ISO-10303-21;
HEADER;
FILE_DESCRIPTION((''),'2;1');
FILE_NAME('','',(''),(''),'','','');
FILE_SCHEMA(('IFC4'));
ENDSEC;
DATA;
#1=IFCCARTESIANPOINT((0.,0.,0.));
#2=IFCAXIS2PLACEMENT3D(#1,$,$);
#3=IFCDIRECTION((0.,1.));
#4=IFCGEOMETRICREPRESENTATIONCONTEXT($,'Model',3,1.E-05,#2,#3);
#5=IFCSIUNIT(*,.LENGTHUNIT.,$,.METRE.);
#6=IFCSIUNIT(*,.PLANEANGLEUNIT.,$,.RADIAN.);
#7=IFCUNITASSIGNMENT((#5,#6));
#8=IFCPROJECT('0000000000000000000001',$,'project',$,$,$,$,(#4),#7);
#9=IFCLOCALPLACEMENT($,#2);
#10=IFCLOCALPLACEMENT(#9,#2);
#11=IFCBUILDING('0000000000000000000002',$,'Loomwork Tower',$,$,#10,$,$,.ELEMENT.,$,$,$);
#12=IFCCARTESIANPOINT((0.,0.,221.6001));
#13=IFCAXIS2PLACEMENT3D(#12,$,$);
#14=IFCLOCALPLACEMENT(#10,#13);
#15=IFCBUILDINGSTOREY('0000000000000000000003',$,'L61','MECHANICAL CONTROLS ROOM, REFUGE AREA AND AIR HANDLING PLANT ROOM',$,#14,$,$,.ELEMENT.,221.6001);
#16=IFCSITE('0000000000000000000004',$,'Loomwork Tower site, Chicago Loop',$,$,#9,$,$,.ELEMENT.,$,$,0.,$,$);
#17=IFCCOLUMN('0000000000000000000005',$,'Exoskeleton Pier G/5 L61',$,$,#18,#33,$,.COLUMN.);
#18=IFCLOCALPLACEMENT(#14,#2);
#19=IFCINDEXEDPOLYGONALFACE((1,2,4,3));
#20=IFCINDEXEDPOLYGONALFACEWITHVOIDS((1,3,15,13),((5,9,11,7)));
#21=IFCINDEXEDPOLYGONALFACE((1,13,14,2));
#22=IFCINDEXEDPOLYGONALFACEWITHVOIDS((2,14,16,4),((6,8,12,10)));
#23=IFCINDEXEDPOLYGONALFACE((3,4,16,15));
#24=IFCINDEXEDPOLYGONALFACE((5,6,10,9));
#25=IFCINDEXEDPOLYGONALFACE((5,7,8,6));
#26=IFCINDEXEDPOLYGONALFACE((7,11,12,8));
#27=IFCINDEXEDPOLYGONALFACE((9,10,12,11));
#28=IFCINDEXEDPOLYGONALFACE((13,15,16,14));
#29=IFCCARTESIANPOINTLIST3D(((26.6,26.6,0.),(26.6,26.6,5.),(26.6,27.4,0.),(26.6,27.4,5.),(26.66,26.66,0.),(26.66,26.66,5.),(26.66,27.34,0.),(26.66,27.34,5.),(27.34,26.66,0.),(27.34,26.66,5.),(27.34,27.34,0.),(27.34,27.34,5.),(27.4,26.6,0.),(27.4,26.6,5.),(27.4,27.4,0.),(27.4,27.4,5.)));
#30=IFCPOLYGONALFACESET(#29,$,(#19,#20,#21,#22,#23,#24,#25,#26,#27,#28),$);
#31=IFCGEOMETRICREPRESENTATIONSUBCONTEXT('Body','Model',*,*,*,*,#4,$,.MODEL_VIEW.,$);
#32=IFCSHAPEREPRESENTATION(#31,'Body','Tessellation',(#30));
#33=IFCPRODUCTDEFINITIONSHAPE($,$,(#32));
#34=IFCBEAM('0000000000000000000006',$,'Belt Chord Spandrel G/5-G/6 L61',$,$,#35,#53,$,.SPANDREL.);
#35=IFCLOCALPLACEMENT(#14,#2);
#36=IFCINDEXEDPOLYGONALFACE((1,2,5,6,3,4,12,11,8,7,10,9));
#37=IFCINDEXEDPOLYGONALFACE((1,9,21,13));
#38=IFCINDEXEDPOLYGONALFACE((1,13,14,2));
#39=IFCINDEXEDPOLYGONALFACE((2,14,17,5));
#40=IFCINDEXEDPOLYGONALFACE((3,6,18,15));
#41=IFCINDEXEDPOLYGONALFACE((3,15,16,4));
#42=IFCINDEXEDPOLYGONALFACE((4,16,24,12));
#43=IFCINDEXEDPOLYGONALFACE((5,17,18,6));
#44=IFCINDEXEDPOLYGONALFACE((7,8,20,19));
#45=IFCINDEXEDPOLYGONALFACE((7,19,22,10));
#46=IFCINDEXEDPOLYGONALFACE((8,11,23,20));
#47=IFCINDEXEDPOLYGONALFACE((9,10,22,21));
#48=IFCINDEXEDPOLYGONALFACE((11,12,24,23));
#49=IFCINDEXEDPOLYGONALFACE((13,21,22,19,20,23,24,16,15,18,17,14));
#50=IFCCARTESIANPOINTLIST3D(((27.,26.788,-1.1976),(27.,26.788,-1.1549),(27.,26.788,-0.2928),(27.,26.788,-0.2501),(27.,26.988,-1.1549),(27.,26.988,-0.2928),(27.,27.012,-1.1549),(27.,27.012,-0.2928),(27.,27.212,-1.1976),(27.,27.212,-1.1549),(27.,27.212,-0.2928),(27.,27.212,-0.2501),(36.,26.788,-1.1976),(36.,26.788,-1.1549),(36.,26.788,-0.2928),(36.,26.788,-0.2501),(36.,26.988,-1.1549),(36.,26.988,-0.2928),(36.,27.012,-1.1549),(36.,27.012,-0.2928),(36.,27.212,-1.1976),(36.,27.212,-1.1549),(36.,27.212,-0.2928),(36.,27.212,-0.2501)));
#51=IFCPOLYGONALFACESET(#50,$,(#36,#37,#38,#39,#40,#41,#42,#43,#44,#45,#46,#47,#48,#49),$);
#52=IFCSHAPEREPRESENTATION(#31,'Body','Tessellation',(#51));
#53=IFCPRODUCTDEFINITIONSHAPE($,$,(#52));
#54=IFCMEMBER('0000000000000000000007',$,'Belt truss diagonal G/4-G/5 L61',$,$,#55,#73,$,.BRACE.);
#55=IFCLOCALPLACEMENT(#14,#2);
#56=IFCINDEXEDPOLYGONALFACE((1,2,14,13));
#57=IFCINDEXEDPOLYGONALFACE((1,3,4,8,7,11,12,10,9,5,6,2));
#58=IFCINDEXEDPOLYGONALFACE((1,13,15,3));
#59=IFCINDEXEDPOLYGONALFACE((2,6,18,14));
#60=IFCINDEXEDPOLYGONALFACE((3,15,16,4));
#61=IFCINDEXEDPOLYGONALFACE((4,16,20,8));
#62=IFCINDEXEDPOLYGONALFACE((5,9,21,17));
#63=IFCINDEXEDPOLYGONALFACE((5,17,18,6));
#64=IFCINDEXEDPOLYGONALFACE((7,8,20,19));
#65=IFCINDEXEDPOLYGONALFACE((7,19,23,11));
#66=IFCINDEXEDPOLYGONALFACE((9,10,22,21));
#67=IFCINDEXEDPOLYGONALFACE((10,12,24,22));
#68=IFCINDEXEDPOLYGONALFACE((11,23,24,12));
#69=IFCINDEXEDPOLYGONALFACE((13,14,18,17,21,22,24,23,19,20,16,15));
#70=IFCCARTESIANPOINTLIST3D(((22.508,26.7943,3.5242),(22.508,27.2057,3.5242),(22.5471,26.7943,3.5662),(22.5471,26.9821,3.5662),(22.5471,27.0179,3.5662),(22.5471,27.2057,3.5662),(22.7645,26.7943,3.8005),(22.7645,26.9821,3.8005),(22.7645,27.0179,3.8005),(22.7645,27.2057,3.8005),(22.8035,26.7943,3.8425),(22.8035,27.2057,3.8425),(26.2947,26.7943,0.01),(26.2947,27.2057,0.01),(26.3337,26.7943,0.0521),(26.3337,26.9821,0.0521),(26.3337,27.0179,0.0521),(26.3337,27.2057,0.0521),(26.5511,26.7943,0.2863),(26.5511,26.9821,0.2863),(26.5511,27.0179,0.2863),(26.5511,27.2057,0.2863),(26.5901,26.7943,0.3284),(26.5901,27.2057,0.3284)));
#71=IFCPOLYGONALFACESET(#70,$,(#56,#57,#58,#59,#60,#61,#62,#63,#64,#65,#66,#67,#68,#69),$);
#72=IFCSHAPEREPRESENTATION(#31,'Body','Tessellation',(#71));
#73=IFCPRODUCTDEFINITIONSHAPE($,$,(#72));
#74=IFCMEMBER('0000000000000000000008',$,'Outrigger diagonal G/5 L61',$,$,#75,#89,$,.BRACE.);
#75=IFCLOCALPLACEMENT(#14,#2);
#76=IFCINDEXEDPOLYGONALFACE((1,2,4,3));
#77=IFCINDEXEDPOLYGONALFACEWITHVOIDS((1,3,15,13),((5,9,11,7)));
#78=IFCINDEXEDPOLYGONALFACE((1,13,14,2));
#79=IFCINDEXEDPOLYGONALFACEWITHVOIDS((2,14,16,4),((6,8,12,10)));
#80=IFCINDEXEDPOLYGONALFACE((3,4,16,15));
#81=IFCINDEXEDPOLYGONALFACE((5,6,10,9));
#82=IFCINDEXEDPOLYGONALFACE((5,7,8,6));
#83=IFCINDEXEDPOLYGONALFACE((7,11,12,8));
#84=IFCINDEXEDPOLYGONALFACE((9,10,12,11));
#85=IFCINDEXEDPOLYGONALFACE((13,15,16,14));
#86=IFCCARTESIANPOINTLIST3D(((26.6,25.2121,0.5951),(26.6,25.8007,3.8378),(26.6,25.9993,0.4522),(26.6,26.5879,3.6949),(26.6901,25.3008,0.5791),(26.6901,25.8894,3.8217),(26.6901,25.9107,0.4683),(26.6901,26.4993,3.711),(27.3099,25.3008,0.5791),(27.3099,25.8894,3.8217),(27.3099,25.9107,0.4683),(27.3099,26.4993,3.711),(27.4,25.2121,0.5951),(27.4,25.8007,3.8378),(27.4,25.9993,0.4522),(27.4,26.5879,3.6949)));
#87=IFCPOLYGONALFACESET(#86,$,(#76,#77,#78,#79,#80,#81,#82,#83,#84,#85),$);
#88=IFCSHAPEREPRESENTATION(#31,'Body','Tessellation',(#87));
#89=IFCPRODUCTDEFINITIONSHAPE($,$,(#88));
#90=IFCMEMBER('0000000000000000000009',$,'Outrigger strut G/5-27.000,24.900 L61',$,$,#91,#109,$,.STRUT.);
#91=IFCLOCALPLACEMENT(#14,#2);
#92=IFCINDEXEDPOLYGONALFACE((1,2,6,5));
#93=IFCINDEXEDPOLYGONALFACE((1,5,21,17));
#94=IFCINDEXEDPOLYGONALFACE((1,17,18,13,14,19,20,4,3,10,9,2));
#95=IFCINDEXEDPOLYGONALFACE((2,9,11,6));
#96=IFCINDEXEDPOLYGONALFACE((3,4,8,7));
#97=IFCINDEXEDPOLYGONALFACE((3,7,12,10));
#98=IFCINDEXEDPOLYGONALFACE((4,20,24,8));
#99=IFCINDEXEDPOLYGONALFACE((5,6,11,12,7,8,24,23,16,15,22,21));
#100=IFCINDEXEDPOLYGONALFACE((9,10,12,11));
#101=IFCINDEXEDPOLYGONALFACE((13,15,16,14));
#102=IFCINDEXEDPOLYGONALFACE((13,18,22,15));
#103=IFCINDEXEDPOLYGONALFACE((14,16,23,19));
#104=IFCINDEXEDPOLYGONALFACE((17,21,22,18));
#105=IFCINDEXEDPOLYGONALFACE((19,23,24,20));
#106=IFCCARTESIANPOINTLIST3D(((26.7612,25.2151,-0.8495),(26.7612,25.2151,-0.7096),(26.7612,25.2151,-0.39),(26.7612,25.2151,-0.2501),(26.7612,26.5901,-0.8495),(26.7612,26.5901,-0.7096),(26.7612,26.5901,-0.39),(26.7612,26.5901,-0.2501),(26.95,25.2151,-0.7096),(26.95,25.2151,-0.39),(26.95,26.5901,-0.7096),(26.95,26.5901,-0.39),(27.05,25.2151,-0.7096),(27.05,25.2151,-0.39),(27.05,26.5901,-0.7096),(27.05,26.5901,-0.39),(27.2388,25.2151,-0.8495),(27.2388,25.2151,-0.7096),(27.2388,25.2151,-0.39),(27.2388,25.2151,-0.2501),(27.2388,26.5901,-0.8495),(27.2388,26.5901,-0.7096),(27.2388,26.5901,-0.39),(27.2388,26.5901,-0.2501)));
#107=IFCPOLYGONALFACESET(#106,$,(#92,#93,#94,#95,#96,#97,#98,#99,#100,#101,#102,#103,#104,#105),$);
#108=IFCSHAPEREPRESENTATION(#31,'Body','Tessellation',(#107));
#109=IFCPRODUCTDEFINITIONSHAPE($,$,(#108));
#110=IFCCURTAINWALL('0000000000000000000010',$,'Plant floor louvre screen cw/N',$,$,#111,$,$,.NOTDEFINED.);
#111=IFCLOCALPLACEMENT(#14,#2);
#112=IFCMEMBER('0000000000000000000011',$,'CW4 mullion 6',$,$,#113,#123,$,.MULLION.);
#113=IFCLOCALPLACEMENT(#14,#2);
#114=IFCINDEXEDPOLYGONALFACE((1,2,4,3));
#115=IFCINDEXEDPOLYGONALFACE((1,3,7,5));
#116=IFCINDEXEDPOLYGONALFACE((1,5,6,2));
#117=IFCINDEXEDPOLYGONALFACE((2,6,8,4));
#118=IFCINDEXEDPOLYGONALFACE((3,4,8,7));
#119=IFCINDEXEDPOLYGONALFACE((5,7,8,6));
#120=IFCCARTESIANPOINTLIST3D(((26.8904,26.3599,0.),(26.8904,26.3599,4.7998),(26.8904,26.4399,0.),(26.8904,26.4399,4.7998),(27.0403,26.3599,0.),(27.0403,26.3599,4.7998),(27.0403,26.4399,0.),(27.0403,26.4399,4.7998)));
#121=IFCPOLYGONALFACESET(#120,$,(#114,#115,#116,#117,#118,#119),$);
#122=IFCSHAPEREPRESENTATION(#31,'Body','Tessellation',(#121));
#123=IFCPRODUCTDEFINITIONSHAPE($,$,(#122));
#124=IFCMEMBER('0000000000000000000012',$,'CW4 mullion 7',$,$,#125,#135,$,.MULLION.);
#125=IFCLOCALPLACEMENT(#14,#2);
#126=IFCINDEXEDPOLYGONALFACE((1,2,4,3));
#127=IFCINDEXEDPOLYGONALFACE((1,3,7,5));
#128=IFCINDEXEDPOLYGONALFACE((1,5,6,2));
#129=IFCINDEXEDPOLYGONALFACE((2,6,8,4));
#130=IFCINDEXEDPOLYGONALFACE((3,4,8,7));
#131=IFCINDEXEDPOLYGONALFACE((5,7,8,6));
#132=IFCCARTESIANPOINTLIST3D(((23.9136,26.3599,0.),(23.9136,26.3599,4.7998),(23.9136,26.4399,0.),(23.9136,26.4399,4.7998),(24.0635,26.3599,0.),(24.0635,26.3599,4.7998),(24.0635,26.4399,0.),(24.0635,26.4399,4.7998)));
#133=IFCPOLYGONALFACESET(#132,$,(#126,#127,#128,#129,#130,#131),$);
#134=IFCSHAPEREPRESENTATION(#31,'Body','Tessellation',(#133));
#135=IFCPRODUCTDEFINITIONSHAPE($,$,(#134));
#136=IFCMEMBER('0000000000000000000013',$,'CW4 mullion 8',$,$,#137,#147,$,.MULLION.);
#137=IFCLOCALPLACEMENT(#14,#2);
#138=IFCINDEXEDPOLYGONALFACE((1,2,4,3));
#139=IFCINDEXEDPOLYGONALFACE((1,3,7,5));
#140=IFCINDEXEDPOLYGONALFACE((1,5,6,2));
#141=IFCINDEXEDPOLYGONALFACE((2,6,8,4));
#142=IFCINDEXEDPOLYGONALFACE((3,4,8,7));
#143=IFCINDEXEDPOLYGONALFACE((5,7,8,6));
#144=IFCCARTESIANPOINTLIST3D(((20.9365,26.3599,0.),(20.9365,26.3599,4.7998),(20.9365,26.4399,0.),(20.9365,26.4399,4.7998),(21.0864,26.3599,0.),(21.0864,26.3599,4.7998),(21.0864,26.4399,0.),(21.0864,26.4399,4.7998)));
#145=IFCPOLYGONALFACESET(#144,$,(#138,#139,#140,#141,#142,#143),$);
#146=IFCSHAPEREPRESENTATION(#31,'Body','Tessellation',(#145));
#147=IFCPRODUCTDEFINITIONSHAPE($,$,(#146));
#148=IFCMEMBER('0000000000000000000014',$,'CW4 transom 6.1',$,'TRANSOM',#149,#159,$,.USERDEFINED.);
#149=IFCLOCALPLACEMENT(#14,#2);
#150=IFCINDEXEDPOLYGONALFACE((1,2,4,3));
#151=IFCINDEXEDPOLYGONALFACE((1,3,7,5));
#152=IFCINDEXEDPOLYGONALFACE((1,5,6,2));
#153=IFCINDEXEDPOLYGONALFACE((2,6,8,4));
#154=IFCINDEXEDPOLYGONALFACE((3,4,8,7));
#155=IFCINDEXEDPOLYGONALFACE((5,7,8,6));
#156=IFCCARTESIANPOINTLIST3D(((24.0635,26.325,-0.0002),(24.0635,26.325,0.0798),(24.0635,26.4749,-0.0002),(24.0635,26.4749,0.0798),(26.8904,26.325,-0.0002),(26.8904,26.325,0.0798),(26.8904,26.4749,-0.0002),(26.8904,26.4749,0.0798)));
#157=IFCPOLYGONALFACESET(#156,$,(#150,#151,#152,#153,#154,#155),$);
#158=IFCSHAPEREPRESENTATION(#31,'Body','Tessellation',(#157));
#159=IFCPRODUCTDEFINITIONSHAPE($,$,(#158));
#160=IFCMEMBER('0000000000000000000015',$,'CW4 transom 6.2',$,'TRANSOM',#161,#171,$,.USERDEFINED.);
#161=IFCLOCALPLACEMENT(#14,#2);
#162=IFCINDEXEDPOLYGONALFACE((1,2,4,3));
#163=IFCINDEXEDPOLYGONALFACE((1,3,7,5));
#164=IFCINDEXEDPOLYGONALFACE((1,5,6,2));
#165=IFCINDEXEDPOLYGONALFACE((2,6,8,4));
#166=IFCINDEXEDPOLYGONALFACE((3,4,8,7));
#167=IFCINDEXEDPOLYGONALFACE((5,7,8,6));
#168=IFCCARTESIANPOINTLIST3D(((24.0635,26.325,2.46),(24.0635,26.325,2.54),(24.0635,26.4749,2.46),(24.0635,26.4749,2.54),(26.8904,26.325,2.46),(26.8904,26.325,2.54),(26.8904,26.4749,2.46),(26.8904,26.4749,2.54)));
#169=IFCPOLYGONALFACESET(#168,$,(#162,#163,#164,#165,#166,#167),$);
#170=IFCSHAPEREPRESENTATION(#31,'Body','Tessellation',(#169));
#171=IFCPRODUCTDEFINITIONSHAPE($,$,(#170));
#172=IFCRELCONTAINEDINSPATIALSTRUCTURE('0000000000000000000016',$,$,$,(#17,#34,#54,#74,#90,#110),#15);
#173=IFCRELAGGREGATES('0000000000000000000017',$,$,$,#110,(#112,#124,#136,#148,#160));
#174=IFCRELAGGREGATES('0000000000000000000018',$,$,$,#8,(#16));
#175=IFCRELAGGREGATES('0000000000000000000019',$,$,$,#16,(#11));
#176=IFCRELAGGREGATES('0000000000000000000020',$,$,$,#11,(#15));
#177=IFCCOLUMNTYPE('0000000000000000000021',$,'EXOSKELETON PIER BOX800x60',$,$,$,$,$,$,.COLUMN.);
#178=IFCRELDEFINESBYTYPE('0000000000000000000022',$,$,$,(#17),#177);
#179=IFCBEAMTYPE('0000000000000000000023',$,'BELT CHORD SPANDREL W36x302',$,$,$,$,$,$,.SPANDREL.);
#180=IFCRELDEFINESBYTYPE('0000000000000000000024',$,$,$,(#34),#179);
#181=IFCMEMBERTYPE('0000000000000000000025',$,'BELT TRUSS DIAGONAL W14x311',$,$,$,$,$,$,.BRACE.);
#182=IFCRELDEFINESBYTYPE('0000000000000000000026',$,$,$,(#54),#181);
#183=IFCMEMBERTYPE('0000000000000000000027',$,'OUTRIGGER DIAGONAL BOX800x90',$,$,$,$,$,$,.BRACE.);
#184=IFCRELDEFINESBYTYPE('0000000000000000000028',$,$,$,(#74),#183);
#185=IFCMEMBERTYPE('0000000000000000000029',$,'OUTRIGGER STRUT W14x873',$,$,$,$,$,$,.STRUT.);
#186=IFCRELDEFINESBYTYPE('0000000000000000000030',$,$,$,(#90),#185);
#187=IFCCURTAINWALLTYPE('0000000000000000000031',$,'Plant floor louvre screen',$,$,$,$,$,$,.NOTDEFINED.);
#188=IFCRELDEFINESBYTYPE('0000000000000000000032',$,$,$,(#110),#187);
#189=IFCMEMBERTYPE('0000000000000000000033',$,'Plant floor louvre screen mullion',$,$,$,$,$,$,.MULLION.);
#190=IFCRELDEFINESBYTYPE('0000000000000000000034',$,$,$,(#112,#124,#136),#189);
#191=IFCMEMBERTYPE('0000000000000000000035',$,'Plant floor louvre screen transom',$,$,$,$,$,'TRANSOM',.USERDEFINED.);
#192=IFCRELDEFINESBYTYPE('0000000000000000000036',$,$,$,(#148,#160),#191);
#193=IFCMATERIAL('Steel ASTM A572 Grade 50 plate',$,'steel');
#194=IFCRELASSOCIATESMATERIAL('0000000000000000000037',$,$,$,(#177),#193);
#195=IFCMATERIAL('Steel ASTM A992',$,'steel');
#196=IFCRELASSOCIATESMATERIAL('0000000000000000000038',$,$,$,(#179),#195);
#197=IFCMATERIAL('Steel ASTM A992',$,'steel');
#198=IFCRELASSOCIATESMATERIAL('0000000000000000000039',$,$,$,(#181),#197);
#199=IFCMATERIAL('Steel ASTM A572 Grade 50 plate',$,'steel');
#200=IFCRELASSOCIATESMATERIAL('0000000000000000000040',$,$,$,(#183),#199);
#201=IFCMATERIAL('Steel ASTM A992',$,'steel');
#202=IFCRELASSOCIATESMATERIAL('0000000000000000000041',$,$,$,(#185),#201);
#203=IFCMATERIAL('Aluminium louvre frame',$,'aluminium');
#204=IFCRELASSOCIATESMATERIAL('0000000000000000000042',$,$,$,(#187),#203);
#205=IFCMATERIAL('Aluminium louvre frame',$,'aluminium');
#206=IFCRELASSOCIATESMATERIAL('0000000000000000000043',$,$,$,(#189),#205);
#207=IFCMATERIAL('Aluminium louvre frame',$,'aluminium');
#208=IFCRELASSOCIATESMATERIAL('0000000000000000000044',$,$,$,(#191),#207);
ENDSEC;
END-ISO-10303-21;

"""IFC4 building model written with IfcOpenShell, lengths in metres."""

from ifc_helpers import new_model, si_unit, direction, frame, origin, origin_2d, place, context, subcontext, project, spatial, rectangle, hollow_rectangle, i_section, extrude, material, material_profile, profile_set, type_object, element, aggregate, save


model = new_model("IFC4")

# Units and contexts
model_context = context("Model", 3, precision=1e-05, world=origin(), true_north=direction((0.0, 1.0)))
body_context = subcontext(model_context, "Body", "Model", "MODEL_VIEW")
ifc_project = project(units=[si_unit("LENGTHUNIT", "METRE"), si_unit("PLANEANGLEUNIT", "RADIAN")], contexts=[model_context])

# Site, building, storey
site_placement = place(None, origin())
site = spatial("IfcSite", under=ifc_project, at=site_placement, Name="Loomwork Tower site, Chicago Loop", CompositionType="ELEMENT", RefElevation=0.0)
building_placement = place(site_placement, origin())
building = spatial("IfcBuilding", under=site, at=building_placement, Name="Loomwork Tower", CompositionType="ELEMENT")
storey_placement = place(building_placement, frame((0.0, 0.0, 221.6001)))
storey = spatial("IfcBuildingStorey", under=building, at=storey_placement, Name="L61", Description="MECHANICAL CONTROLS ROOM, REFUGE AREA AND AIR HANDLING PLANT ROOM", CompositionType="ELEMENT", Elevation=221.6001)

# Column
ifc_material_1 = material(Name="Steel ASTM A572 Grade 50 plate", Category="steel")
ifc_material_profile_1 = material_profile(ifc_material_1, hollow_rectangle(XDim=0.8, YDim=0.8, WallThickness=0.0601, at=origin_2d()), Name="BOX800x60")
ifc_profile_set_1 = profile_set([ifc_material_profile_1], Name="Steel ASTM A572 Grade 50 plate")
column_type = type_object("IfcColumnType", Name="EXOSKELETON PIER BOX800x60", PredefinedType="COLUMN", material=ifc_profile_set_1)
column_placement = place(storey_placement, frame((27.0, 27.0, 0.0), z_axis=(0.0, 0.0, 1.0), x_axis=(1.0, 0.0, 0.0)))
element("IfcColumn", 1, at=column_placement, inside=storey, type_object=column_type, Name="Exoskeleton Pier G/5 L61", PredefinedType="COLUMN", context=body_context, shape_type="SweptSolid", body=[
    extrude(hollow_rectangle(XDim=0.8, YDim=0.8, WallThickness=0.0601, at=origin_2d()), origin(), (0.0, 0.0, 1.0), 5.0),
])

# Beam
ifc_material_2 = material(Name="Steel ASTM A992", Category="steel")
ifc_material_profile_2 = material_profile(ifc_material_2, i_section(OverallWidth=0.4241, OverallDepth=0.9475, WebThickness=0.0239, FlangeThickness=0.0427, at=origin_2d()), Name="W36x302")
ifc_profile_set_2 = profile_set([ifc_material_profile_2], Name="Steel ASTM A992")
beam_type = type_object("IfcBeamType", Name="BELT CHORD SPANDREL W36x302", PredefinedType="SPANDREL", material=ifc_profile_set_2)
beam_placement = place(storey_placement, frame((27.0, 27.0, -0.7239), z_axis=(1.0, 0.0, 0.0), x_axis=(0.0, 1.0, 0.0)))
element("IfcBeam", 2, at=beam_placement, inside=storey, type_object=beam_type, Name="Belt Chord Spandrel G/5-G/6 L61", PredefinedType="SPANDREL", context=body_context, shape_type="SweptSolid", body=[
    extrude(i_section(OverallWidth=0.4241, OverallDepth=0.9475, WebThickness=0.0239, FlangeThickness=0.0427, at=origin_2d()), origin(), (0.0, 0.0, 1.0), 9.0),
])

# Members
ifc_material_3 = material(Name="Steel ASTM A992", Category="steel")
ifc_material_profile_3 = material_profile(ifc_material_3, i_section(OverallWidth=0.4114, OverallDepth=0.4343, WebThickness=0.0359, FlangeThickness=0.0574, at=origin_2d()), Name="W14x311")
ifc_profile_set_3 = profile_set([ifc_material_profile_3], Name="Steel ASTM A992")
member_type_1 = type_object("IfcMemberType", Name="BELT TRUSS DIAGONAL W14x311", PredefinedType="BRACE", material=ifc_profile_set_3)
member_1_placement = place(storey_placement, frame((26.4424, 27.0, 0.1692), z_axis=(-0.732985, 0.0, 0.680244), x_axis=(0.0, -1.0, 0.0)))
element("IfcMember", 3, at=member_1_placement, inside=storey, type_object=member_type_1, Name="Belt truss diagonal G/4-G/5 L61", PredefinedType="BRACE", context=body_context, shape_type="SweptSolid", body=[
    extrude(i_section(OverallWidth=0.4114, OverallDepth=0.4343, WebThickness=0.0359, FlangeThickness=0.0574, at=origin_2d()), origin(), (0.0, 0.0, 1.0), 5.166),
])
ifc_material_4 = material(Name="Steel ASTM A572 Grade 50 plate", Category="steel")
ifc_material_profile_4 = material_profile(ifc_material_4, hollow_rectangle(XDim=0.8, YDim=0.8, WallThickness=0.0901, at=origin_2d()), Name="BOX800x90")
ifc_profile_set_4 = profile_set([ifc_material_profile_4], Name="Steel ASTM A572 Grade 50 plate")
member_type_2 = type_object("IfcMemberType", Name="OUTRIGGER DIAGONAL BOX800x90", PredefinedType="BRACE", material=ifc_profile_set_4)
member_2_placement = place(storey_placement, frame((27.0, 26.1943, 3.7664), z_axis=(0.0, -0.178605, -0.983921), x_axis=(1.0, 0.0, 0.0)))
element("IfcMember", 4, at=member_2_placement, inside=storey, type_object=member_type_2, Name="Outrigger diagonal G/5 L61", PredefinedType="BRACE", context=body_context, shape_type="SweptSolid", body=[
    extrude(hollow_rectangle(XDim=0.8, YDim=0.8, WallThickness=0.0901, at=origin_2d()), origin(), (0.0, 0.0, 1.0), 3.2957),
])
ifc_material_5 = material(Name="Steel ASTM A992", Category="steel")
ifc_material_profile_5 = material_profile(ifc_material_5, i_section(OverallWidth=0.4775, OverallDepth=0.5994, WebThickness=0.1001, FlangeThickness=0.1399, at=origin_2d()), Name="W14x873")
ifc_profile_set_5 = profile_set([ifc_material_profile_5], Name="Steel ASTM A992")
member_type_3 = type_object("IfcMemberType", Name="OUTRIGGER STRUT W14x873", PredefinedType="STRUT", material=ifc_profile_set_5)
member_3_placement = place(storey_placement, frame((27.0, 26.5901, -0.5498), z_axis=(0.0, -1.0, 0.0), x_axis=(1.0, 0.0, 0.0)))
element("IfcMember", 5, at=member_3_placement, inside=storey, type_object=member_type_3, Name="Outrigger strut G/5-27.000,24.900 L61", PredefinedType="STRUT", context=body_context, shape_type="SweptSolid", body=[
    extrude(i_section(OverallWidth=0.4775, OverallDepth=0.5994, WebThickness=0.1001, FlangeThickness=0.1399, at=origin_2d()), origin(), (0.0, 0.0, 1.0), 1.375),
])

# Curtain wall, members
ifc_material_6 = material(Name="Aluminium louvre frame", Category="aluminium")
curtain_wall_type = type_object("IfcCurtainWallType", Name="Plant floor louvre screen", PredefinedType="NOTDEFINED", material=ifc_material_6)
curtain_wall_placement = place(storey_placement, origin())
curtain_wall = element("IfcCurtainWall", 6, at=curtain_wall_placement, inside=storey, type_object=curtain_wall_type, Name="Plant floor louvre screen cw/N", PredefinedType="NOTDEFINED")
ifc_material_7 = material(Name="Aluminium louvre frame", Category="aluminium")
ifc_material_profile_6 = material_profile(ifc_material_7, rectangle(XDim=0.0801, YDim=0.1499, at=origin_2d()), Name="AL 80x150")
ifc_profile_set_6 = profile_set([ifc_material_profile_6], Name="Aluminium louvre frame")
member_type_4 = type_object("IfcMemberType", Name="Plant floor louvre screen mullion", PredefinedType="MULLION", material=ifc_profile_set_6)
member_4_placement = place(storey_placement, frame((26.9653, 26.3999, 0.0), z_axis=(0.0, 0.0, 1.0), x_axis=(0.0, -1.0, 0.0)))
member_4 = element("IfcMember", 7, at=member_4_placement, type_object=member_type_4, Name="CW4 mullion 6", PredefinedType="MULLION", context=body_context, shape_type="SweptSolid", body=[
    extrude(rectangle(XDim=0.0801, YDim=0.1499, at=origin_2d()), origin(), (0.0, 0.0, 1.0), 4.7998),
])
member_5_placement = place(storey_placement, frame((23.9885, 26.3999, 0.0), z_axis=(0.0, 0.0, 1.0), x_axis=(0.0, -1.0, 0.0)))
member_5 = element("IfcMember", 8, at=member_5_placement, type_object=member_type_4, Name="CW4 mullion 7", PredefinedType="MULLION", context=body_context, shape_type="SweptSolid", body=[
    extrude(rectangle(XDim=0.0801, YDim=0.1499, at=origin_2d()), origin(), (0.0, 0.0, 1.0), 4.7998),
])
member_6_placement = place(storey_placement, frame((21.0115, 26.3999, 0.0), z_axis=(0.0, 0.0, 1.0), x_axis=(0.0, -1.0, 0.0)))
member_6 = element("IfcMember", 9, at=member_6_placement, type_object=member_type_4, Name="CW4 mullion 8", PredefinedType="MULLION", context=body_context, shape_type="SweptSolid", body=[
    extrude(rectangle(XDim=0.0801, YDim=0.1499, at=origin_2d()), origin(), (0.0, 0.0, 1.0), 4.7998),
])
ifc_material_8 = material(Name="Aluminium louvre frame", Category="aluminium")
ifc_material_profile_7 = material_profile(ifc_material_8, rectangle(XDim=0.1499, YDim=0.0801, at=origin_2d()), Name="AL 80x150")
ifc_profile_set_7 = profile_set([ifc_material_profile_7], Name="Aluminium louvre frame")
member_type_5 = type_object("IfcMemberType", Name="Plant floor louvre screen transom", ElementType="TRANSOM", PredefinedType="USERDEFINED", material=ifc_profile_set_7)
member_7_placement = place(storey_placement, frame((26.8904, 26.3999, 0.0398), z_axis=(-1.0, 0.0, 0.0), x_axis=(0.0, -1.0, 0.0)))
member_7 = element("IfcMember", 10, at=member_7_placement, type_object=member_type_5, Name="CW4 transom 6.1", ObjectType="TRANSOM", PredefinedType="USERDEFINED", context=body_context, shape_type="SweptSolid", body=[
    extrude(rectangle(XDim=0.1499, YDim=0.0801, at=origin_2d()), origin(), (0.0, 0.0, 1.0), 2.8269),
])
member_8_placement = place(storey_placement, frame((26.8904, 26.3999, 2.5), z_axis=(-1.0, 0.0, 0.0), x_axis=(0.0, -1.0, 0.0)))
member_8 = element("IfcMember", 11, at=member_8_placement, type_object=member_type_5, Name="CW4 transom 6.2", ObjectType="TRANSOM", PredefinedType="USERDEFINED", context=body_context, shape_type="SweptSolid", body=[
    extrude(rectangle(XDim=0.1499, YDim=0.0801, at=origin_2d()), origin(), (0.0, 0.0, 1.0), 2.8269),
])

aggregate(curtain_wall, [member_4, member_5, member_6, member_7, member_8])

save(model, "model.ifc")
